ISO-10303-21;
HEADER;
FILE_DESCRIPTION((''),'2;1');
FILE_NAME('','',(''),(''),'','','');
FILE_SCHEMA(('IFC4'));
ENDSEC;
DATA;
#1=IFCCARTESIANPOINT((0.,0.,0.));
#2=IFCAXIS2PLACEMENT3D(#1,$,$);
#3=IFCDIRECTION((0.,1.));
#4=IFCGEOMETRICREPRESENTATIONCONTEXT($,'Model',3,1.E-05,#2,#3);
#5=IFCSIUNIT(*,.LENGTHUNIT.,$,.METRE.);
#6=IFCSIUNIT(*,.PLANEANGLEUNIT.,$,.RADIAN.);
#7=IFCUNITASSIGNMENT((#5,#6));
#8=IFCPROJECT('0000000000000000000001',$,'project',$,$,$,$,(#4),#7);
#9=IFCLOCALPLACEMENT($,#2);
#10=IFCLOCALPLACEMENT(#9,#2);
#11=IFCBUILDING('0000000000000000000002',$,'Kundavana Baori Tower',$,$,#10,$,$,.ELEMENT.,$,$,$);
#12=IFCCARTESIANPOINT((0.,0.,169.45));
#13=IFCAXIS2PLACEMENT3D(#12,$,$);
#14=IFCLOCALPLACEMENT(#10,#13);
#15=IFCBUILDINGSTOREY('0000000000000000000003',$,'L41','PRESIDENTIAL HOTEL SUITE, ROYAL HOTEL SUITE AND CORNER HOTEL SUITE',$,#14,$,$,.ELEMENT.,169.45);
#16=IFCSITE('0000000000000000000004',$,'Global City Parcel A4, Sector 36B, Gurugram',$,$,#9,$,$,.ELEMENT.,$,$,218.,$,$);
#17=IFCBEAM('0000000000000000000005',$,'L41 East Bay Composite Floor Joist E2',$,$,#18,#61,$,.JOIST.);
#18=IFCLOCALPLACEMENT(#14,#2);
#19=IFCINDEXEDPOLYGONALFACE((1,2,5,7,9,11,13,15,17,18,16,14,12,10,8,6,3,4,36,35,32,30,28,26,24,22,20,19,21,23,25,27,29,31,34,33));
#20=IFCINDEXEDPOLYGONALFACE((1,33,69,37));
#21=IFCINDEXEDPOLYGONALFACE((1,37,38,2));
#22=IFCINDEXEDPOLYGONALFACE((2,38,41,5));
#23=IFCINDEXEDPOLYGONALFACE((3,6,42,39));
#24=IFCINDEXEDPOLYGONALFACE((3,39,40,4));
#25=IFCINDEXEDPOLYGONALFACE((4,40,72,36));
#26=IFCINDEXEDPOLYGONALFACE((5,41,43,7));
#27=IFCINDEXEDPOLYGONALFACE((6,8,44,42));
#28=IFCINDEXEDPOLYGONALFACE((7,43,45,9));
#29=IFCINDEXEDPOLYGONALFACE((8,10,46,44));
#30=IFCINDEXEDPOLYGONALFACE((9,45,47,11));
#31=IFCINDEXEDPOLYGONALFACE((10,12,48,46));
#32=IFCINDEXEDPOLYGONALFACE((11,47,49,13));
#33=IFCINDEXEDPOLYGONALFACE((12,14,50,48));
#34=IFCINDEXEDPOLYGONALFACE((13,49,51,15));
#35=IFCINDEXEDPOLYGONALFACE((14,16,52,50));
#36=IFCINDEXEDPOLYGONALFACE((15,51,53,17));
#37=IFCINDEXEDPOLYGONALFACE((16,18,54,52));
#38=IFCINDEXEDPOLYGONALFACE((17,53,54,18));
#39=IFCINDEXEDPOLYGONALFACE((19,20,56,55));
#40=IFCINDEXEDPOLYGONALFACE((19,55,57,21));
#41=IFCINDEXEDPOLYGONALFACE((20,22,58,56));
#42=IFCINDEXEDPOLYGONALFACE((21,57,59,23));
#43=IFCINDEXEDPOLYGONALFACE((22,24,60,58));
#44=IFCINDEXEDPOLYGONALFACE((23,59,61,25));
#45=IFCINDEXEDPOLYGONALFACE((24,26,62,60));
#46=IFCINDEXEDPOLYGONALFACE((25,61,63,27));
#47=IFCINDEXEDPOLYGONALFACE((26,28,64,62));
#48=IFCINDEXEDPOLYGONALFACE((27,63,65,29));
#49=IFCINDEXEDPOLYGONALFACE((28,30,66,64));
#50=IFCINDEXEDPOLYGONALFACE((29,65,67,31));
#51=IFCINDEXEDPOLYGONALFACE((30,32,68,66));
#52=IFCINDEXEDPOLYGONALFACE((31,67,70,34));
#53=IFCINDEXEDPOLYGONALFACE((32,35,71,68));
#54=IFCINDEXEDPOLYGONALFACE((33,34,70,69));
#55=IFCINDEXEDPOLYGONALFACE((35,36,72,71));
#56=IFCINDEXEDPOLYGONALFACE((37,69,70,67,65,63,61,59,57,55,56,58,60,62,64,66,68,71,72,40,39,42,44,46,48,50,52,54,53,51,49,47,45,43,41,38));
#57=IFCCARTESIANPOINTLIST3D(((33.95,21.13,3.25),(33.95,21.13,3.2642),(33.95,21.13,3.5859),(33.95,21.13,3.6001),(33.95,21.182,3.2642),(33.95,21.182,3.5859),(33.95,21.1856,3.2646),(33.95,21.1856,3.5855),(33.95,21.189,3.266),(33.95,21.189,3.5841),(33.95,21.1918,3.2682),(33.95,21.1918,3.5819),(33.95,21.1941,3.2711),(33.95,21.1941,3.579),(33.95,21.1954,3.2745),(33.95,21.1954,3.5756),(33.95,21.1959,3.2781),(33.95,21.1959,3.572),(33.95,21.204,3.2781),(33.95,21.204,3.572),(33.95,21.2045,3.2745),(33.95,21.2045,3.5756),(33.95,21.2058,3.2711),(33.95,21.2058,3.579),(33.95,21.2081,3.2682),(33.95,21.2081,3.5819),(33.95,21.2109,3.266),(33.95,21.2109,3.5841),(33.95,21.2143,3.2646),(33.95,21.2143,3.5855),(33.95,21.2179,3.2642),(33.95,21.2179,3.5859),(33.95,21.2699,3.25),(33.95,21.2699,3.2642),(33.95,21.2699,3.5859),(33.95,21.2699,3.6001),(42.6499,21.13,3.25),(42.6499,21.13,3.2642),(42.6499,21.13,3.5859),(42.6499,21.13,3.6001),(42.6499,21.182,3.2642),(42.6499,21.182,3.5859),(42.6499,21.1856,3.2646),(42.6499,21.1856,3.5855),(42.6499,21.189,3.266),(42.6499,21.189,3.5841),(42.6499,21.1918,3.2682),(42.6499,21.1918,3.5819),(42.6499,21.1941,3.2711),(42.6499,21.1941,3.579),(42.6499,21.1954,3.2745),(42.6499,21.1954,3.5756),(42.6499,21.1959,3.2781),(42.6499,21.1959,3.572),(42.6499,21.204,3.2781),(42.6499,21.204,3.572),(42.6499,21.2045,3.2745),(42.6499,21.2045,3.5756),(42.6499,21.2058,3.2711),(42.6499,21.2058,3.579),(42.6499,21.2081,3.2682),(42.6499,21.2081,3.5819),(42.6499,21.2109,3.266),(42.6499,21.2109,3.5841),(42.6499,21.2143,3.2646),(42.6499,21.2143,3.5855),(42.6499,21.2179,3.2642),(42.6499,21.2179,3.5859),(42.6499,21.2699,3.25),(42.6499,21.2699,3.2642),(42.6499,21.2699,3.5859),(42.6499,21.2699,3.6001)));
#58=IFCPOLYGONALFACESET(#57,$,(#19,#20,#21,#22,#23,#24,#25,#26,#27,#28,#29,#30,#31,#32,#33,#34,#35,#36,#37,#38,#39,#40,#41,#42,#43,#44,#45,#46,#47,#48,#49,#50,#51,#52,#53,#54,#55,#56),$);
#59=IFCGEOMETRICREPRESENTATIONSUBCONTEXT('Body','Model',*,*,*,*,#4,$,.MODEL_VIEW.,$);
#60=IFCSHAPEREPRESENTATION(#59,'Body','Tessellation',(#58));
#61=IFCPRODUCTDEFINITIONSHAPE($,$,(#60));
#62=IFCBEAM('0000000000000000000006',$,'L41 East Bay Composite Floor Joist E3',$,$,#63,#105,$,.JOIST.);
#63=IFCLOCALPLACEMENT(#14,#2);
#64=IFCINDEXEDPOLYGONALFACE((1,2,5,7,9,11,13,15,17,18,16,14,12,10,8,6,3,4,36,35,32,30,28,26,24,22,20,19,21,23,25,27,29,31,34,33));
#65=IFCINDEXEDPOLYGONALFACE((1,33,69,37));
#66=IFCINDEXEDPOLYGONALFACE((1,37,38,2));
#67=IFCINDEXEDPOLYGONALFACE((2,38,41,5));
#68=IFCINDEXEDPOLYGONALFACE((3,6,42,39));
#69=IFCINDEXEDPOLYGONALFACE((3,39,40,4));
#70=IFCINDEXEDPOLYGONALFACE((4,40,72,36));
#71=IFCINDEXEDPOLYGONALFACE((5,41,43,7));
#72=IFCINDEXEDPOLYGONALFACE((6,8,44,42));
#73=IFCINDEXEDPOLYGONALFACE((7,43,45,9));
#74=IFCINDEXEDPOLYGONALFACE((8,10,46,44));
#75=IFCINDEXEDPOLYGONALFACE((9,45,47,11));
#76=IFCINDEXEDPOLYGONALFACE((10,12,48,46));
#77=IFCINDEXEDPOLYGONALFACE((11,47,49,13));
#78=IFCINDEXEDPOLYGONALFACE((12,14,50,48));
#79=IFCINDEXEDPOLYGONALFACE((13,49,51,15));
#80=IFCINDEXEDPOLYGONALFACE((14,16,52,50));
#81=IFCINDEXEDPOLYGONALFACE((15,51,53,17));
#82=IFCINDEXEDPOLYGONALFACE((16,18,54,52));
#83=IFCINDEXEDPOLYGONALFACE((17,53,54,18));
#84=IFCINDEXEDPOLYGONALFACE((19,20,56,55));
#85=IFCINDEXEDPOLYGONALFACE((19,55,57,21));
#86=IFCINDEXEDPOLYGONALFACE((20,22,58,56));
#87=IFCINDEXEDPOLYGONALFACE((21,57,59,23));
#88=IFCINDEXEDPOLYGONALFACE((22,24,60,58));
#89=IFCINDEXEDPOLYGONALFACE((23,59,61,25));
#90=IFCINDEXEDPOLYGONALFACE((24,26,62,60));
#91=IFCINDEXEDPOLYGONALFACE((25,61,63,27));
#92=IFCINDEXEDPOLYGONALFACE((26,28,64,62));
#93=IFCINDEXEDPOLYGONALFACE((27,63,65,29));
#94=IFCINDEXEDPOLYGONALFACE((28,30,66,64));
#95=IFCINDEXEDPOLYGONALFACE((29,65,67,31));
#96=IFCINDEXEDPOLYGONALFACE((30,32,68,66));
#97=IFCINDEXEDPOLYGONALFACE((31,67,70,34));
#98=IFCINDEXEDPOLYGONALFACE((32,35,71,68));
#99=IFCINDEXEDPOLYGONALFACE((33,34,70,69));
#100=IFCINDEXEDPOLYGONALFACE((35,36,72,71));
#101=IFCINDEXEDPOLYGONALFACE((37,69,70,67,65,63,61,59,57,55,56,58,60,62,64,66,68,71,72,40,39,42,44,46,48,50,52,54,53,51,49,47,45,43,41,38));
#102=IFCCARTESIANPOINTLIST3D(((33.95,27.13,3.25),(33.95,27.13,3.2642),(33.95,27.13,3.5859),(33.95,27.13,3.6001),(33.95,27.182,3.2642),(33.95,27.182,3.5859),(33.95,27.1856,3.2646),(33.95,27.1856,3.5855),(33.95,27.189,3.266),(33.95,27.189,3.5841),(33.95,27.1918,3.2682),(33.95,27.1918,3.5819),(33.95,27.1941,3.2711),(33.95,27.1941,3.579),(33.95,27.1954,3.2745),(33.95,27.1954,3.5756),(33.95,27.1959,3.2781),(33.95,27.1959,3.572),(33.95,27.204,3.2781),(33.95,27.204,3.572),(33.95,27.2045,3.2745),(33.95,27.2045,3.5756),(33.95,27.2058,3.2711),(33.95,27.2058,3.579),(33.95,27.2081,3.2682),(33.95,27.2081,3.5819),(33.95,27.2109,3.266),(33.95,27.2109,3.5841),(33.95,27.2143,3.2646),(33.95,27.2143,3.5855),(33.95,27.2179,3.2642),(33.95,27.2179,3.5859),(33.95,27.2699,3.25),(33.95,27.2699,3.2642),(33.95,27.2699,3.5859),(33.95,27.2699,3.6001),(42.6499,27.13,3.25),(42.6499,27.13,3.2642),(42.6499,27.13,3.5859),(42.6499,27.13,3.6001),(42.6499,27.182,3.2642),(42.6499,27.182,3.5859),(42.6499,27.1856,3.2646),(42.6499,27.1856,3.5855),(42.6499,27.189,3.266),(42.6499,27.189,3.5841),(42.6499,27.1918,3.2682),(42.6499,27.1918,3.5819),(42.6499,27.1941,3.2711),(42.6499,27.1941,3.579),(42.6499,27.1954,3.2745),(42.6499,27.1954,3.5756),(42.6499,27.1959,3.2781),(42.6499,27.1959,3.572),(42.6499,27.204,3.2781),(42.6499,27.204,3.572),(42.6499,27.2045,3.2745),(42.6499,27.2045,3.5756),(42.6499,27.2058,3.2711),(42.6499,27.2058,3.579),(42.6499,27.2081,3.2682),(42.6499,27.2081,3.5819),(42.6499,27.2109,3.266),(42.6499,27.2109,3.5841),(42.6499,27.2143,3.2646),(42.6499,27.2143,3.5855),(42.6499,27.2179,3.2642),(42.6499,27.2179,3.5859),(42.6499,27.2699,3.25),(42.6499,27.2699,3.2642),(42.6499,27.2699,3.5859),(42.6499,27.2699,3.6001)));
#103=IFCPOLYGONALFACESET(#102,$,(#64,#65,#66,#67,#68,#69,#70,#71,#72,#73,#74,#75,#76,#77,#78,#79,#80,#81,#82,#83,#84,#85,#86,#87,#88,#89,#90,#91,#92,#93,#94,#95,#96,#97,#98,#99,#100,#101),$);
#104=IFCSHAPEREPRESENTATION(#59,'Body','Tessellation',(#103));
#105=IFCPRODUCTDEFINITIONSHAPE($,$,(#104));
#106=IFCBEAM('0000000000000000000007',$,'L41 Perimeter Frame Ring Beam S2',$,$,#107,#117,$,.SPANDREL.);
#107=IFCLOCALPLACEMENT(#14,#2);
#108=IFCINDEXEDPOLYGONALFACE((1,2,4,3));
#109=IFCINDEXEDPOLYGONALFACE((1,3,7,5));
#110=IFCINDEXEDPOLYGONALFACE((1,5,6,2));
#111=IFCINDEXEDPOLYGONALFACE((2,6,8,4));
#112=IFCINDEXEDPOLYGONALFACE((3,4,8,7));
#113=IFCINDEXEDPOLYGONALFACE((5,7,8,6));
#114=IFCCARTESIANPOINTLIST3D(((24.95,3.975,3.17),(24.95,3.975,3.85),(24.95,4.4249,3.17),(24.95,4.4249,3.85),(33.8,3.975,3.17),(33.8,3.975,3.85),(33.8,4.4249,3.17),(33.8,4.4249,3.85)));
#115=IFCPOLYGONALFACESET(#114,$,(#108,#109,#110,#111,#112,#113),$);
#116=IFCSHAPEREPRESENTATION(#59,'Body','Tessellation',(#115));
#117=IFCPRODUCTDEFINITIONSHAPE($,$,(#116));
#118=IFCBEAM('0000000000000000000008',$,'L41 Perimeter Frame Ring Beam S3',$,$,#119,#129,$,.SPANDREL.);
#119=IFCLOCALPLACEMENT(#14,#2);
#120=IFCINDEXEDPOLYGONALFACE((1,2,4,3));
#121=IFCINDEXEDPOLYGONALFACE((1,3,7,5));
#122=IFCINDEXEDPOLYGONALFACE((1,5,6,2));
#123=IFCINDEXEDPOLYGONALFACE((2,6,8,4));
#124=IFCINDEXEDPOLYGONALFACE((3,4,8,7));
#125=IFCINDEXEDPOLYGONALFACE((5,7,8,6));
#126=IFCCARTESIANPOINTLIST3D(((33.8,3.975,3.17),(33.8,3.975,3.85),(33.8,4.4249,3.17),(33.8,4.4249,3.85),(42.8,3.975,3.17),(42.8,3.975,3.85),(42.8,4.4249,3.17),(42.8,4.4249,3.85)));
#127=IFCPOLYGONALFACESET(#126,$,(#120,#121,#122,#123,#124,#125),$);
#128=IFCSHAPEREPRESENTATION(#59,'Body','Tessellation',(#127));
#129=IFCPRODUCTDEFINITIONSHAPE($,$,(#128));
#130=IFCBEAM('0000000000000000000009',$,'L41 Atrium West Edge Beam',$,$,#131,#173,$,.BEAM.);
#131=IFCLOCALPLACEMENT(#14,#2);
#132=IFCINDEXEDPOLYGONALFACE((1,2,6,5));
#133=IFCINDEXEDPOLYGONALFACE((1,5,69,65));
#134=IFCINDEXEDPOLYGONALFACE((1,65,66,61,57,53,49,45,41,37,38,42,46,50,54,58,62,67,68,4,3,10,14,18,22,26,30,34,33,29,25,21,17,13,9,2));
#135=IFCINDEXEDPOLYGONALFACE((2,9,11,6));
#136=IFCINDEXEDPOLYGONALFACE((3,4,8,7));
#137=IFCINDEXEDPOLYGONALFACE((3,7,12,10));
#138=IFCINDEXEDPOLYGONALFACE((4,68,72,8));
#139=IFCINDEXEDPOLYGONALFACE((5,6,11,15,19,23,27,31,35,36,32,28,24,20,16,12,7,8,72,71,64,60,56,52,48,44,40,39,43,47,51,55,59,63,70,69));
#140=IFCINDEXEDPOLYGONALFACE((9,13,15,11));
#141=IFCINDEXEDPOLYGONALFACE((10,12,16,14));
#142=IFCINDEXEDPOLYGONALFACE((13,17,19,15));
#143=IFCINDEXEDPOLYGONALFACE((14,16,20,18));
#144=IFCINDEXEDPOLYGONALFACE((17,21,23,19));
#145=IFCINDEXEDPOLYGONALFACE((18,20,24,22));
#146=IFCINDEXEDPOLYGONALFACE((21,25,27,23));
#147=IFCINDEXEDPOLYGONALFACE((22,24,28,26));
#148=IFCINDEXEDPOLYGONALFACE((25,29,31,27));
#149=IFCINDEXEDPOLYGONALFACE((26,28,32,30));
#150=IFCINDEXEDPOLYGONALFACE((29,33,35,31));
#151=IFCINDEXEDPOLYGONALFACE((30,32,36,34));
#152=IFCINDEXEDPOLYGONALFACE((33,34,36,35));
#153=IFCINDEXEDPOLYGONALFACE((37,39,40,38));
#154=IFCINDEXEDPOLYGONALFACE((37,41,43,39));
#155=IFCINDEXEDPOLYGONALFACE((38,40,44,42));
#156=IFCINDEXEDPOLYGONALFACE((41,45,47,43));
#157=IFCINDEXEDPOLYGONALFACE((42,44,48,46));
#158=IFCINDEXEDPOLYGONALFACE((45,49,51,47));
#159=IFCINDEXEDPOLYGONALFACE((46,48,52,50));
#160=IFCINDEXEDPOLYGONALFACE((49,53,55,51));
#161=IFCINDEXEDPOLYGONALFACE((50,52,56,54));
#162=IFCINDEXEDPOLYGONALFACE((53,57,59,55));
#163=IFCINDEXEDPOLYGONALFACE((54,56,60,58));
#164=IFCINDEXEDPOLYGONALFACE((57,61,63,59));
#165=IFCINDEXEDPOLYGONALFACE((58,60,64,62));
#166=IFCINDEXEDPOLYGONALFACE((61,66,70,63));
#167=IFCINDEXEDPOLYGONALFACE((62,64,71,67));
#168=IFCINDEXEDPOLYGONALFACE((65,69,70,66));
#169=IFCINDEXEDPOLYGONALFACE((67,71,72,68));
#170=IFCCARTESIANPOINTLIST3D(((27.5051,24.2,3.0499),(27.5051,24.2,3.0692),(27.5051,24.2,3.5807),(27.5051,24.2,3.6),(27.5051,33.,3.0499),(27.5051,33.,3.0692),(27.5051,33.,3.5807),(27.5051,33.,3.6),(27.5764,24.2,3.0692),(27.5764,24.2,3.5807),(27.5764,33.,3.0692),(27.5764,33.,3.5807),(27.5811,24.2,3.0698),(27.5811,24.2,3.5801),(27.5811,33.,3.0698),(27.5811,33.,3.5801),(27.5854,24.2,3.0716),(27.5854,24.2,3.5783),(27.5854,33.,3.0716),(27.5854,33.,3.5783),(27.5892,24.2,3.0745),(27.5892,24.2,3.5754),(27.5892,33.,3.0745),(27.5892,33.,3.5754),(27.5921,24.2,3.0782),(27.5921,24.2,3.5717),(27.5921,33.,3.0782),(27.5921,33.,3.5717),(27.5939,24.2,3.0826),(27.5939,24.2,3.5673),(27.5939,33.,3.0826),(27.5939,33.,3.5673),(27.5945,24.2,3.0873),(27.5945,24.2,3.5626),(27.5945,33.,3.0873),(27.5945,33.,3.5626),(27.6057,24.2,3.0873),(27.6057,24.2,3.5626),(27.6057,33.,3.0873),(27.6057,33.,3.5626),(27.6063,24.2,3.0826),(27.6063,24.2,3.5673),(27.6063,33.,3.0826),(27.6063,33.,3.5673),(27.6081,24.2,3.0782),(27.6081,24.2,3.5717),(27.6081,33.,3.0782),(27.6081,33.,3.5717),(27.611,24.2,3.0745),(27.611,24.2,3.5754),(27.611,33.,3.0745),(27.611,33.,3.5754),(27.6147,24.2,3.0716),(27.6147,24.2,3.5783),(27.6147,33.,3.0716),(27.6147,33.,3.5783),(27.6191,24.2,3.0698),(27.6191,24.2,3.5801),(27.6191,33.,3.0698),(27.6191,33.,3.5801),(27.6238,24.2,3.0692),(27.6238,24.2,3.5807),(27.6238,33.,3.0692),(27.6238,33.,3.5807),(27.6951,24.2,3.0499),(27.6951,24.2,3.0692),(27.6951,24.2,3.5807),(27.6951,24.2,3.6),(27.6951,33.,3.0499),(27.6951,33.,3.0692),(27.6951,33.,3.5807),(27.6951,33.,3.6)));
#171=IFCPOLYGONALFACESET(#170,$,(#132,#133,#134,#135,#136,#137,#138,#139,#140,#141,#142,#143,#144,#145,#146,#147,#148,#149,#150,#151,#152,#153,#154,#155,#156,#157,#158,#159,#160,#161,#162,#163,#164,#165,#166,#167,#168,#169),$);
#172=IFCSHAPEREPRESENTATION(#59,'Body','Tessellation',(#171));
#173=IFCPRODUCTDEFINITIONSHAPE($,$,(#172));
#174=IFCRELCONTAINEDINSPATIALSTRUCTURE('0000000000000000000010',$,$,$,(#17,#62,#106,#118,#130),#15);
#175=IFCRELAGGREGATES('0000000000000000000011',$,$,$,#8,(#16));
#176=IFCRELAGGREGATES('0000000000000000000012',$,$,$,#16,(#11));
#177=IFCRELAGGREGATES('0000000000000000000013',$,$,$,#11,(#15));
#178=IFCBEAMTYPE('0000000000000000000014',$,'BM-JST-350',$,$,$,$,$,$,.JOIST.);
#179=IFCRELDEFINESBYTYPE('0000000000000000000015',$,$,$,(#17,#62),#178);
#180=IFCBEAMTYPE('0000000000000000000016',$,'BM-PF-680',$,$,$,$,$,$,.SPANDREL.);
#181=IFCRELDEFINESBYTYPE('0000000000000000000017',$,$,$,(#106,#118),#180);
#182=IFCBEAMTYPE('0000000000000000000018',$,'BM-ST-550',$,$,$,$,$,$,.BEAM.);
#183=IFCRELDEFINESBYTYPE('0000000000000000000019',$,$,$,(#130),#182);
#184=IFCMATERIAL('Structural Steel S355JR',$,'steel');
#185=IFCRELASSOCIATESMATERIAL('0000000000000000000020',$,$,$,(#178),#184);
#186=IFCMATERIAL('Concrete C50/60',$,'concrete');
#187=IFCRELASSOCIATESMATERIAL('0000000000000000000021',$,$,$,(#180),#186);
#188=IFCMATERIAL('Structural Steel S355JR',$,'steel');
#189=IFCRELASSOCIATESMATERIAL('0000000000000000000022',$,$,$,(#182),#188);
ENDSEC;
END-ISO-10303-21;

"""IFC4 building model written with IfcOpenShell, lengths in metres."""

from ifc_helpers import new_model, si_unit, direction, frame, origin, origin_2d, place, context, subcontext, project, spatial, rectangle, i_section, extrude, material, material_profile, profile_set, type_object, element, save


model = new_model("IFC4")

# Units and contexts
model_context = context("Model", 3, precision=1e-05, world=origin(), true_north=direction((0.0, 1.0)))
body_context = subcontext(model_context, "Body", "Model", "MODEL_VIEW")
ifc_project = project(units=[si_unit("LENGTHUNIT", "METRE"), si_unit("PLANEANGLEUNIT", "RADIAN")], contexts=[model_context])

# Site, building, storey
site_placement = place(None, origin())
site = spatial("IfcSite", under=ifc_project, at=site_placement, Name="Global City Parcel A4, Sector 36B, Gurugram", CompositionType="ELEMENT", RefElevation=218.0)
building_placement = place(site_placement, origin())
building = spatial("IfcBuilding", under=site, at=building_placement, Name="Kundavana Baori Tower", CompositionType="ELEMENT")
storey_placement = place(building_placement, frame((0.0, 0.0, 169.45)))
storey = spatial("IfcBuildingStorey", under=building, at=storey_placement, Name="L41", Description="PRESIDENTIAL HOTEL SUITE, ROYAL HOTEL SUITE AND CORNER HOTEL SUITE", CompositionType="ELEMENT", Elevation=169.45)

# Beams
ifc_material_1 = material(Name="Structural Steel S355JR", Category="steel")
ifc_material_profile_1 = material_profile(ifc_material_1, i_section(OverallWidth=0.1399, OverallDepth=0.3501, WebThickness=0.0081, FlangeThickness=0.0142, FilletRadius=0.0139, at=origin_2d()), Name="ISMB 350")
ifc_profile_set_1 = profile_set([ifc_material_profile_1], Name="Structural Steel S355JR")
beam_type_1 = type_object("IfcBeamType", Name="BM-JST-350", PredefinedType="JOIST", material=ifc_profile_set_1)
for number, where, z_axis, x_axis, name in (
    (1, (33.95, 21.2, 3.425), (1.0, 0.0, 0.0), (0.0, 1.0, 0.0), "L41 East Bay Composite Floor Joist E2"),
    (2, (33.95, 27.2, 3.425), (1.0, 0.0, 0.0), (0.0, 1.0, 0.0), "L41 East Bay Composite Floor Joist E3"),
):
    element("IfcBeam", number, at=place(storey_placement, frame(where, z_axis=z_axis, x_axis=x_axis)), inside=storey, type_object=beam_type_1, Name=name, PredefinedType="JOIST", context=body_context, shape_type="SweptSolid", body=[
        extrude(i_section(OverallWidth=0.1399, OverallDepth=0.3501, WebThickness=0.0081, FlangeThickness=0.0142, FilletRadius=0.0139, at=origin_2d()), origin(), (0.0, 0.0, 1.0), 8.7),
    ])
ifc_material_2 = material(Name="Concrete C50/60", Category="concrete")
ifc_material_profile_2 = material_profile(ifc_material_2, rectangle(XDim=0.45, YDim=0.6799, at=origin_2d()), Name="RC BM 450x680")
ifc_profile_set_2 = profile_set([ifc_material_profile_2], Name="Concrete C50/60")
beam_type_2 = type_object("IfcBeamType", Name="BM-PF-680", PredefinedType="SPANDREL", material=ifc_profile_set_2)
beam_1_placement = place(storey_placement, frame((24.95, 4.2, 3.51), z_axis=(1.0, 0.0, 0.0), x_axis=(0.0, 1.0, 0.0)))
element("IfcBeam", 3, at=beam_1_placement, inside=storey, type_object=beam_type_2, Name="L41 Perimeter Frame Ring Beam S2", PredefinedType="SPANDREL", context=body_context, shape_type="SweptSolid", body=[
    extrude(rectangle(XDim=0.45, YDim=0.6799, at=origin_2d()), origin(), (0.0, 0.0, 1.0), 8.8501),
])
beam_2_placement = place(storey_placement, frame((33.8, 4.2, 3.51), z_axis=(1.0, 0.0, 0.0), x_axis=(0.0, 1.0, 0.0)))
element("IfcBeam", 4, at=beam_2_placement, inside=storey, type_object=beam_type_2, Name="L41 Perimeter Frame Ring Beam S3", PredefinedType="SPANDREL", context=body_context, shape_type="SweptSolid", body=[
    extrude(rectangle(XDim=0.45, YDim=0.6799, at=origin_2d()), origin(), (0.0, 0.0, 1.0), 9.0),
])
ifc_material_3 = material(Name="Structural Steel S355JR", Category="steel")
ifc_material_profile_3 = material_profile(ifc_material_3, i_section(OverallWidth=0.1899, OverallDepth=0.55, WebThickness=0.0112, FlangeThickness=0.0193, FilletRadius=0.0181, at=origin_2d()), Name="ISMB 550")
ifc_profile_set_3 = profile_set([ifc_material_profile_3], Name="Structural Steel S355JR")
beam_type_3 = type_object("IfcBeamType", Name="BM-ST-550", PredefinedType="BEAM", material=ifc_profile_set_3)
for number, where, z_axis, x_axis, name in (
    (5, (27.6001, 24.2, 3.325), (0.0, 1.0, 0.0), (-1.0, 0.0, 0.0), "L41 Atrium West Edge Beam"),
):
    element("IfcBeam", number, at=place(storey_placement, frame(where, z_axis=z_axis, x_axis=x_axis)), inside=storey, type_object=beam_type_3, Name=name, PredefinedType="BEAM", context=body_context, shape_type="SweptSolid", body=[
        extrude(i_section(OverallWidth=0.1899, OverallDepth=0.55, WebThickness=0.0112, FlangeThickness=0.0193, FilletRadius=0.0181, at=origin_2d()), origin(), (0.0, 0.0, 1.0), 8.8),
    ])

save(model, "model.ifc")
